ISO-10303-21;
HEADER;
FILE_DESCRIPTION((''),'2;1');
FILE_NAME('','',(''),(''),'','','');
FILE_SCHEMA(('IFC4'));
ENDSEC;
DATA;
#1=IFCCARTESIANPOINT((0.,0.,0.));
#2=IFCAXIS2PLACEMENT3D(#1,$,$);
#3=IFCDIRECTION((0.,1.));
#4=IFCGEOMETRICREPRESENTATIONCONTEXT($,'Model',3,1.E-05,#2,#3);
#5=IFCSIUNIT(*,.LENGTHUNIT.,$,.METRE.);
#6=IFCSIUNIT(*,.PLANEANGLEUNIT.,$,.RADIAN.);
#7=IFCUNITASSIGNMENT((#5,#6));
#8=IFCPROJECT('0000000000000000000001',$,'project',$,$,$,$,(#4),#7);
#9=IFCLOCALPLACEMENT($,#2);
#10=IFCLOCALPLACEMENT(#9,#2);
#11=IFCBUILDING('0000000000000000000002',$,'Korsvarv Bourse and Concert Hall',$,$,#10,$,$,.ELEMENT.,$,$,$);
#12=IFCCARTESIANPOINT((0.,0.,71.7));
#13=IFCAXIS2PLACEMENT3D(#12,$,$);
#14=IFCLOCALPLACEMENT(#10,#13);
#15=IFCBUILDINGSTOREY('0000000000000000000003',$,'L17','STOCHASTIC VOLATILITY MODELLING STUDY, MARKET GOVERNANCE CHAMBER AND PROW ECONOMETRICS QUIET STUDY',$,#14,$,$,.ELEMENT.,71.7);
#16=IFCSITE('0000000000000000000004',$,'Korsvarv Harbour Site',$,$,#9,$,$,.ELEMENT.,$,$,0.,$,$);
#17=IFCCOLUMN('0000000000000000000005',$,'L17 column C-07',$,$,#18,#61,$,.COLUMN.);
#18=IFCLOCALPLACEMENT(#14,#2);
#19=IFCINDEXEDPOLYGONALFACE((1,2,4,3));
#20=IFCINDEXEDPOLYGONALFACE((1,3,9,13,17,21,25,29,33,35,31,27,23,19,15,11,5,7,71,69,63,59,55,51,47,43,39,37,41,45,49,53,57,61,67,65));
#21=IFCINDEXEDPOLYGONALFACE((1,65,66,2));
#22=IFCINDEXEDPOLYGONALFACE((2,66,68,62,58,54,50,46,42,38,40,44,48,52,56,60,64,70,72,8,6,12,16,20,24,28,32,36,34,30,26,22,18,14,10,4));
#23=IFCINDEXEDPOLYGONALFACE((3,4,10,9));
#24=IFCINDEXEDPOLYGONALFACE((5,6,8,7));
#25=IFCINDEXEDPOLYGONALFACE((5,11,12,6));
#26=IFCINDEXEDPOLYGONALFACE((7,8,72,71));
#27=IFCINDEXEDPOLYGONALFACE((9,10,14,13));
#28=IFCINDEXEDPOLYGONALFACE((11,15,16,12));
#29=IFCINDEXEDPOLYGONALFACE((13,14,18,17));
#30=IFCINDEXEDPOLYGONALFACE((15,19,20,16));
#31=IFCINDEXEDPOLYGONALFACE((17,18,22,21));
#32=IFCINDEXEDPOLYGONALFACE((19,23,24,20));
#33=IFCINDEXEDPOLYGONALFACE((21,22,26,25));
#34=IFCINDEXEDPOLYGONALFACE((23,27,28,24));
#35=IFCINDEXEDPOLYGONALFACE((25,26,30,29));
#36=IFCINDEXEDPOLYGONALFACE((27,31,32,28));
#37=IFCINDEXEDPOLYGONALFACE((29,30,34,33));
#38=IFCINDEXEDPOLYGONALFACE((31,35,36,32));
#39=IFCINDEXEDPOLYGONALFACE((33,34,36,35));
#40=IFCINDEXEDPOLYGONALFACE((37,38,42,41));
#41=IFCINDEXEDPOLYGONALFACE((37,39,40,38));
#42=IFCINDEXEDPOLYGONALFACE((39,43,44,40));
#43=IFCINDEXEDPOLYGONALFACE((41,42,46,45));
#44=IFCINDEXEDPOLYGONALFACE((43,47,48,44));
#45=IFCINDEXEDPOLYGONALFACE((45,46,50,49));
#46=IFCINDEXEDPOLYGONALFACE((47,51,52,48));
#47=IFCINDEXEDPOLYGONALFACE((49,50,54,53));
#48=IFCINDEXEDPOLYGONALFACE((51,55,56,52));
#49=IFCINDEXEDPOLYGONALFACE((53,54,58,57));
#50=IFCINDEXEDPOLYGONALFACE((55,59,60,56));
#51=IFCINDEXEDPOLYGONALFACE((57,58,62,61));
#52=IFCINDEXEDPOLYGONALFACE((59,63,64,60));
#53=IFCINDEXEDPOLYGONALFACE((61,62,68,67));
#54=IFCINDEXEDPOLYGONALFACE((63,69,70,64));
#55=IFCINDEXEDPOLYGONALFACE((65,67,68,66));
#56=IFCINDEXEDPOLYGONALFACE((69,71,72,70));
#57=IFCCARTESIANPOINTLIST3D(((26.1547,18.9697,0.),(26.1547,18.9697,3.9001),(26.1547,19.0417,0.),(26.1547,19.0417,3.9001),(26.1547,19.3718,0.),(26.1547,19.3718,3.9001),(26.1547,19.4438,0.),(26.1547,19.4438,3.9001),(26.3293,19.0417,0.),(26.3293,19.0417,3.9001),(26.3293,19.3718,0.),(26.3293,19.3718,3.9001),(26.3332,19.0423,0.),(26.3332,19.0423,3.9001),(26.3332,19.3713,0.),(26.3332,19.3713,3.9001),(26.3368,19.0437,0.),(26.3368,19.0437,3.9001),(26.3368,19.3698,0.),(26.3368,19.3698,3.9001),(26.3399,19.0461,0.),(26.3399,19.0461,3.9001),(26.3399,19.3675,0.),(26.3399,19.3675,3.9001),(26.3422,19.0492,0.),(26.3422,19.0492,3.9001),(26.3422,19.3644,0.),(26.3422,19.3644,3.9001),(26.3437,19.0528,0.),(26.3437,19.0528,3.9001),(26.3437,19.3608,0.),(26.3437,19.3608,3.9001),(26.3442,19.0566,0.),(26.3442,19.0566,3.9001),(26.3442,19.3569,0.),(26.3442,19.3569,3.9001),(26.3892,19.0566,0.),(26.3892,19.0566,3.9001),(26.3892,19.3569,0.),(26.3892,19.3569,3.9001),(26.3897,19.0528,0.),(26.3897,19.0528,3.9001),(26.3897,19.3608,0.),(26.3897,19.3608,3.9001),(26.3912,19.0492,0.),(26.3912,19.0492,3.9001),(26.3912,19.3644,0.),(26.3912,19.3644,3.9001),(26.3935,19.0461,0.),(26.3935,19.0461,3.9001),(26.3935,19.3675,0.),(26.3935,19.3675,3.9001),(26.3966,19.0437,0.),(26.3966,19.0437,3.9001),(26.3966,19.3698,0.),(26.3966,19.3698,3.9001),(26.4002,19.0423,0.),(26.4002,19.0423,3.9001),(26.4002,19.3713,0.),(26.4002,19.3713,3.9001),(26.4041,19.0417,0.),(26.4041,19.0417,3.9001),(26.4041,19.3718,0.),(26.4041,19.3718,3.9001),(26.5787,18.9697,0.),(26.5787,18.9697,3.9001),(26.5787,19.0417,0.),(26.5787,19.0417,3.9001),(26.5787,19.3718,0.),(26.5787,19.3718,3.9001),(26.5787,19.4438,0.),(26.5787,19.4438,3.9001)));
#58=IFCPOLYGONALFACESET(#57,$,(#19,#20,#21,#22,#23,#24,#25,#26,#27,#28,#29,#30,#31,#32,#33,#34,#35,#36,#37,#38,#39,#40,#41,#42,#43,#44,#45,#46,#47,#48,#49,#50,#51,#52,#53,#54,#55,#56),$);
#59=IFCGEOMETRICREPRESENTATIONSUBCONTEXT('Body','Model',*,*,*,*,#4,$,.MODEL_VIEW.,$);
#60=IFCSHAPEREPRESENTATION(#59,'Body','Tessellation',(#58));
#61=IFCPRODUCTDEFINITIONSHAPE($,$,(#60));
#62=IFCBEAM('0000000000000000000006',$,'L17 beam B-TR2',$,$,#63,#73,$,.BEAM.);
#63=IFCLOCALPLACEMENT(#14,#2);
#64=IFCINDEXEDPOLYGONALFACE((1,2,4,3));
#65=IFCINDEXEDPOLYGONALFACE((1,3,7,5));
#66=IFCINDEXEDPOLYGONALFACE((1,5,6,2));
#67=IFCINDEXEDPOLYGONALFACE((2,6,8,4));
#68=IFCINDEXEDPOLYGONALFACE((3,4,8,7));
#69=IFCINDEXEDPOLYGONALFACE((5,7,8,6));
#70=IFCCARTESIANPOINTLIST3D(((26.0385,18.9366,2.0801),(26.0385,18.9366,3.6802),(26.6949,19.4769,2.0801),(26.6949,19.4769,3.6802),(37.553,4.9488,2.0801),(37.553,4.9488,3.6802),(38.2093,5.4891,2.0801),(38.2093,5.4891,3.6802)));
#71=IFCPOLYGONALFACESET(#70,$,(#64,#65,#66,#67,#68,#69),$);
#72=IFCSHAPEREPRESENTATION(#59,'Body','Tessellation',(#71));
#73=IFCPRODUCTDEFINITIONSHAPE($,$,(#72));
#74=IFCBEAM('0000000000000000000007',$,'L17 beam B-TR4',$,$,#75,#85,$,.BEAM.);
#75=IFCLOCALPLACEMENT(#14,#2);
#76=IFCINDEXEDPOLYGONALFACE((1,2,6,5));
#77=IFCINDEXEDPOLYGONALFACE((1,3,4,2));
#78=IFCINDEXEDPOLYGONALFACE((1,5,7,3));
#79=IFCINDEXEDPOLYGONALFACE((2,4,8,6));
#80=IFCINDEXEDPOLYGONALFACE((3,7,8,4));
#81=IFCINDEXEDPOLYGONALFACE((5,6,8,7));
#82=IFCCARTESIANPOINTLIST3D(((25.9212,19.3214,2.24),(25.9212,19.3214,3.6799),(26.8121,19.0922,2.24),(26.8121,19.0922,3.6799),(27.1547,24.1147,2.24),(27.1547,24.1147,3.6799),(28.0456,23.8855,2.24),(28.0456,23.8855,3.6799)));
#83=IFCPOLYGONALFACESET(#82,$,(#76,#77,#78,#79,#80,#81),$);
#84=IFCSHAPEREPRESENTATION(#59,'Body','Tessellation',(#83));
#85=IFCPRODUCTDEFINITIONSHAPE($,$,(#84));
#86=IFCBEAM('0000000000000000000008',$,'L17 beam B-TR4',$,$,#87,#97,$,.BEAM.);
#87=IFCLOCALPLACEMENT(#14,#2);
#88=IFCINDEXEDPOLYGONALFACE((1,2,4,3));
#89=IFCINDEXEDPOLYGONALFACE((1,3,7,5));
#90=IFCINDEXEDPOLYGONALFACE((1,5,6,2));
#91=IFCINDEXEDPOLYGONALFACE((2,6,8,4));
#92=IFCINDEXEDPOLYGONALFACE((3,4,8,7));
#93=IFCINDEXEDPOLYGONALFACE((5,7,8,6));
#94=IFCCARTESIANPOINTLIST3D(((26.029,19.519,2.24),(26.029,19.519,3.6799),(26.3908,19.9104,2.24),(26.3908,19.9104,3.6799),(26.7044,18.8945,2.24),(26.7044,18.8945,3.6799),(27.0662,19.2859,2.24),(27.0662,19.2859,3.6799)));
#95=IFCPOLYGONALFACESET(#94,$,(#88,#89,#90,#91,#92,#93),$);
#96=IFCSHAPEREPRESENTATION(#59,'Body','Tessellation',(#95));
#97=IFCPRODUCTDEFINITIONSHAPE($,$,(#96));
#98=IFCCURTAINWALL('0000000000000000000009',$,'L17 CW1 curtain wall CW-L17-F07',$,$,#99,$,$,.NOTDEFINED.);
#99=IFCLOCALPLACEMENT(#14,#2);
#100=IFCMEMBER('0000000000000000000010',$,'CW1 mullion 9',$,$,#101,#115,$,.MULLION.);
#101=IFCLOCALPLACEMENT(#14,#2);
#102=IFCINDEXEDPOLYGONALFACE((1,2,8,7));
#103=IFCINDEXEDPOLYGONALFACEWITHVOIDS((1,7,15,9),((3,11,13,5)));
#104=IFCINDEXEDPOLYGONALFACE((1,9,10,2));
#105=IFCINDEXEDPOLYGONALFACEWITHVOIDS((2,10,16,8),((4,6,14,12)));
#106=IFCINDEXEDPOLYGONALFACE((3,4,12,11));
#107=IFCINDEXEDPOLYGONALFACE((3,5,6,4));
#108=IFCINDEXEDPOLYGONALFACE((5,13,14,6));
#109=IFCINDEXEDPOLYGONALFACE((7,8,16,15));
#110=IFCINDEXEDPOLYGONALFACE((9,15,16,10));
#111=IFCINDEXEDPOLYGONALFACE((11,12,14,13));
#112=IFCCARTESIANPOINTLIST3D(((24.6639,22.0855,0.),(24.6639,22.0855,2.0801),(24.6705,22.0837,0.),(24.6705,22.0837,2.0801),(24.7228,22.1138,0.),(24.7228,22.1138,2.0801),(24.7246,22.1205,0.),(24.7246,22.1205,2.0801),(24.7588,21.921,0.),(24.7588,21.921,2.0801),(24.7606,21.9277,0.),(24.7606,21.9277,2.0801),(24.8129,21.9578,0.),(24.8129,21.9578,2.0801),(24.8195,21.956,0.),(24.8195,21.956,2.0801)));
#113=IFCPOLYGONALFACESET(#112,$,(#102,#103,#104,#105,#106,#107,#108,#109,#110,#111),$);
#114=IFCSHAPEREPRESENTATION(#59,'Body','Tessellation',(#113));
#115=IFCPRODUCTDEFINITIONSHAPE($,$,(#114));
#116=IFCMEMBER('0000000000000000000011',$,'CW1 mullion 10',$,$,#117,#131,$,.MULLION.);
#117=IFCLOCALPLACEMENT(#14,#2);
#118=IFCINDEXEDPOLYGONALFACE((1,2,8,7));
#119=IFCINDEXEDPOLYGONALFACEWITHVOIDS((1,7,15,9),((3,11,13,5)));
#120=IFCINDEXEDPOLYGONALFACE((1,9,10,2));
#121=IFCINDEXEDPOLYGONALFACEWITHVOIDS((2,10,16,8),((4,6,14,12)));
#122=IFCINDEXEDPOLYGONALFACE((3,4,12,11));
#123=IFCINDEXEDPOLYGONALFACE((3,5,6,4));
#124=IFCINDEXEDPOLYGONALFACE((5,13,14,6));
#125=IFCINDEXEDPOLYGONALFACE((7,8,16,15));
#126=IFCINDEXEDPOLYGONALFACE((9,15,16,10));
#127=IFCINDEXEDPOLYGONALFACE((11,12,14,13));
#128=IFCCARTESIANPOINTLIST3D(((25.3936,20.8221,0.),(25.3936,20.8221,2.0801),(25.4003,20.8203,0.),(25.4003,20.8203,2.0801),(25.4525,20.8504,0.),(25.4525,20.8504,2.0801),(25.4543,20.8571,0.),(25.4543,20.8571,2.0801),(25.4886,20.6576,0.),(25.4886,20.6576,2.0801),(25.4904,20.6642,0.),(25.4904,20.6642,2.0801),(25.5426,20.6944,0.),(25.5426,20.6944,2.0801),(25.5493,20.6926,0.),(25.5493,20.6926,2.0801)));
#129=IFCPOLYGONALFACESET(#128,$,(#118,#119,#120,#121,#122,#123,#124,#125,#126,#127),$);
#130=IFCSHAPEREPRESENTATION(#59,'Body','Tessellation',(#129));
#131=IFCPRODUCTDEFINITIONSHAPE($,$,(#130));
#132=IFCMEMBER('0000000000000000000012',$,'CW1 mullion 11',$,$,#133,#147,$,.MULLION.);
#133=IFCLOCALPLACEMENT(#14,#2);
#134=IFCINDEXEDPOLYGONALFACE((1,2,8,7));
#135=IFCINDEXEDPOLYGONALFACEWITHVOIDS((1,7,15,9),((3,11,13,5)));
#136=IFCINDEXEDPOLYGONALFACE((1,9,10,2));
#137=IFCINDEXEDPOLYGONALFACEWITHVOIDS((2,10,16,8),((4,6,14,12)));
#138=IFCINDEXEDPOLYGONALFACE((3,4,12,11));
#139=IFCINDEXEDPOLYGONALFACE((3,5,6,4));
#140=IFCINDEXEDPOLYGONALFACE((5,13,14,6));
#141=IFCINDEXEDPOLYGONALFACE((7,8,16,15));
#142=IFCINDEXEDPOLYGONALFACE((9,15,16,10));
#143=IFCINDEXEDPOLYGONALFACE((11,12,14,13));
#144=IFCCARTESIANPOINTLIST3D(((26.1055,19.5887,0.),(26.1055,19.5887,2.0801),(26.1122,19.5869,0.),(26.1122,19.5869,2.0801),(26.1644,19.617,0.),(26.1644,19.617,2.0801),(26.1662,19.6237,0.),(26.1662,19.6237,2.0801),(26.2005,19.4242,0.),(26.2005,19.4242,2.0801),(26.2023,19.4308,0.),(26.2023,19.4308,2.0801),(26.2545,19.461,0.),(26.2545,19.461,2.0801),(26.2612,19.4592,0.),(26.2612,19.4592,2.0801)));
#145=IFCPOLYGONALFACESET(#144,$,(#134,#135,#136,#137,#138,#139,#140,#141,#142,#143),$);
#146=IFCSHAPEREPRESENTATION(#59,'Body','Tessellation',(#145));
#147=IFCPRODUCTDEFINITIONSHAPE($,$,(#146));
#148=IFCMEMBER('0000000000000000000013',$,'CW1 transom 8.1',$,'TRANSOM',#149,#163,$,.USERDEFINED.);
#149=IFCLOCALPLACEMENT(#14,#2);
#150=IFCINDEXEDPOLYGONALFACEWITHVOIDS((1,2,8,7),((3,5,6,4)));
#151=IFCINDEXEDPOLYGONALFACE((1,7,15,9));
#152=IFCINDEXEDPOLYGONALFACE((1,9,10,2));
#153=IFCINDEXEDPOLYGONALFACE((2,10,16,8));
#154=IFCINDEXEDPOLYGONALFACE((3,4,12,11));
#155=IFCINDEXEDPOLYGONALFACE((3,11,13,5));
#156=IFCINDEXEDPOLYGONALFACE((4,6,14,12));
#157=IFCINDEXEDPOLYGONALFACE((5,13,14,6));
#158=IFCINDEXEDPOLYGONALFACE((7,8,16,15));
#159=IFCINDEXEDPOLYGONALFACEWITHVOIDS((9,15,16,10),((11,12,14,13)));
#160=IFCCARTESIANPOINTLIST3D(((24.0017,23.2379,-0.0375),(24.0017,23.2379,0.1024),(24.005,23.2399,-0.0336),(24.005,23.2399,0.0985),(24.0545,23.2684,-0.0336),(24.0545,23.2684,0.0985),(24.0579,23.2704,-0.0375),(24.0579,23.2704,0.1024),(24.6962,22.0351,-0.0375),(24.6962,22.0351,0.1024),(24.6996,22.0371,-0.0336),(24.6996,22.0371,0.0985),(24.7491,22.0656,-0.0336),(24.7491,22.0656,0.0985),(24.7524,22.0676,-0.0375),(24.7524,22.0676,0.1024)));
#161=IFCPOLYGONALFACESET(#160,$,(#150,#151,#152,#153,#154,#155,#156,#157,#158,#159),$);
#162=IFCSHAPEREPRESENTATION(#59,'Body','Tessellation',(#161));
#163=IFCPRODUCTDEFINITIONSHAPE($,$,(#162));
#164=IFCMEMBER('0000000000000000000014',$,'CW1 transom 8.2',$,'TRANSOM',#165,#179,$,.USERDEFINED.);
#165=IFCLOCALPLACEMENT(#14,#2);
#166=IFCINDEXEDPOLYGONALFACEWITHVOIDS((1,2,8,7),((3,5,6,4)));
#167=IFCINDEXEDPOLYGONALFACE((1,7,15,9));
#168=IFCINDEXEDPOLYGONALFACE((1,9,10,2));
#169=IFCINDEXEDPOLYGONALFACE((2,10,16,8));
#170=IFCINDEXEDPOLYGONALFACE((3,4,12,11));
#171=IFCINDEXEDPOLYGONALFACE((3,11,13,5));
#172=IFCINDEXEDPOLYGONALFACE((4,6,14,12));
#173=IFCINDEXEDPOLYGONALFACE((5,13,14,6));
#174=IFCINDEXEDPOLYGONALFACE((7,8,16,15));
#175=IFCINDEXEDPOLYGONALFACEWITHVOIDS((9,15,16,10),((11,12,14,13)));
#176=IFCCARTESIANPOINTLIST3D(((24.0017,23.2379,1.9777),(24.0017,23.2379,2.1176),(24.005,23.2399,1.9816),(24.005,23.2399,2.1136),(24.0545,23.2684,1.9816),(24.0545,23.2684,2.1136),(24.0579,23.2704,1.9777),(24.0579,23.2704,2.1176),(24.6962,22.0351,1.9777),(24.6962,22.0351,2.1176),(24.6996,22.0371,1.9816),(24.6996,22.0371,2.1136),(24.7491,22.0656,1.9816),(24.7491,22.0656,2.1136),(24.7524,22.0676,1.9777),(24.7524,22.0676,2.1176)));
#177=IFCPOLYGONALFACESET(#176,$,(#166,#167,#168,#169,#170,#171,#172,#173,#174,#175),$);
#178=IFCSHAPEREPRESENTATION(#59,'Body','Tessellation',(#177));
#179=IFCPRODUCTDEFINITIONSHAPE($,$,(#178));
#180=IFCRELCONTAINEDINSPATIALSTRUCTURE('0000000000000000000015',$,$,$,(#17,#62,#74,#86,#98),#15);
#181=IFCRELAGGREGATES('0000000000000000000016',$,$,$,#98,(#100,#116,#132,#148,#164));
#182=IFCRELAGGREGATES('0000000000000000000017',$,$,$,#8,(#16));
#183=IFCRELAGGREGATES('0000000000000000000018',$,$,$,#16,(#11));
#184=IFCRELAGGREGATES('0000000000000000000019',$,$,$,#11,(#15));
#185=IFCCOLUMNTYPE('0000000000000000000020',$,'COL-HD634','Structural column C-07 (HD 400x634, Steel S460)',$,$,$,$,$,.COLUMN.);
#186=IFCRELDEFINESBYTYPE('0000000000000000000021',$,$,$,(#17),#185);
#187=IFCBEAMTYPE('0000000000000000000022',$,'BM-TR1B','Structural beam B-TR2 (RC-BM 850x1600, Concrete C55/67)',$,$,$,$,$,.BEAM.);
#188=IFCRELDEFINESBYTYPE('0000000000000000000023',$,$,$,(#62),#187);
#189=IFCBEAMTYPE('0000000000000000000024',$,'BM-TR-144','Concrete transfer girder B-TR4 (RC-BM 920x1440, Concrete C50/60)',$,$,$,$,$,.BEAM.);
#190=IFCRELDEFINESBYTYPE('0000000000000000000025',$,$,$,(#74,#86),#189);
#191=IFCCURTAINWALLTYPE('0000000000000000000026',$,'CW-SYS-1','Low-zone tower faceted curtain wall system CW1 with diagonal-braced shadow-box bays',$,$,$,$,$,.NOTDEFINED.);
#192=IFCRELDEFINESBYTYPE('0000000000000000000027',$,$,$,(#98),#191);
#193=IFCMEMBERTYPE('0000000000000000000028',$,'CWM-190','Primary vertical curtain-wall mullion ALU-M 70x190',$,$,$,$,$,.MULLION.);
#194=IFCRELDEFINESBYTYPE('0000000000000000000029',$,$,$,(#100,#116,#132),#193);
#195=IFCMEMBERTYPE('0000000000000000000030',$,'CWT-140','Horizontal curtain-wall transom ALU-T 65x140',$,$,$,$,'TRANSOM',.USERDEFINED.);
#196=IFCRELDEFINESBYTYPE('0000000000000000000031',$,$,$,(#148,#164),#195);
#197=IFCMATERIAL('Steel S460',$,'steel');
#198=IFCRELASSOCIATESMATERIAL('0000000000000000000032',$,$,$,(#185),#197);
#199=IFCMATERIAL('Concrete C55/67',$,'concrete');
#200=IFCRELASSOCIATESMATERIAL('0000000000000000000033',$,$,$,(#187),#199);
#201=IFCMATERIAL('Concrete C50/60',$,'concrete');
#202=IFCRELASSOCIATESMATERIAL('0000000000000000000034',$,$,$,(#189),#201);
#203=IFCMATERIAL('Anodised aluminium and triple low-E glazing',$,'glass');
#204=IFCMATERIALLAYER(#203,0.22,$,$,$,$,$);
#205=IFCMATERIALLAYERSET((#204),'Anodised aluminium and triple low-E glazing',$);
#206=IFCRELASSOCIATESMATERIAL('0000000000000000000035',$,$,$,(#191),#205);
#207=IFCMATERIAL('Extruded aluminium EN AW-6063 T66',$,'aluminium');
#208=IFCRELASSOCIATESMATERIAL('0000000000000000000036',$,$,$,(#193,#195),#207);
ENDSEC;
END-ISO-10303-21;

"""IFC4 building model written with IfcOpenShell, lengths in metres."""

from ifc_helpers import new_model, si_unit, direction, frame, origin, origin_2d, place, context, subcontext, project, spatial, rectangle, hollow_rectangle, i_section, extrude, source, transform, mapped, material, layer, layer_set, material_profile, profile_set, type_object, element, aggregate, save


model = new_model("IFC4")

# Units and contexts
model_context = context("Model", 3, precision=1e-05, world=origin(), true_north=direction((0.0, 1.0)))
body_context = subcontext(model_context, "Body", "Model", "MODEL_VIEW")
ifc_project = project(units=[si_unit("LENGTHUNIT", "METRE"), si_unit("PLANEANGLEUNIT", "RADIAN")], contexts=[model_context])

# Site, building, storey
site_placement = place(None, origin())
site = spatial("IfcSite", under=ifc_project, at=site_placement, Name="Korsvarv Harbour Site", CompositionType="ELEMENT", RefElevation=0.0)
building_placement = place(site_placement, origin())
building = spatial("IfcBuilding", under=site, at=building_placement, Name="Korsvarv Bourse and Concert Hall", CompositionType="ELEMENT")
storey_placement = place(building_placement, frame((0.0, 0.0, 71.7)))
storey = spatial("IfcBuildingStorey", under=building, at=storey_placement, Name="L17", Description="STOCHASTIC VOLATILITY MODELLING STUDY, MARKET GOVERNANCE CHAMBER AND PROW ECONOMETRICS QUIET STUDY", CompositionType="ELEMENT", Elevation=71.7)

# Column
ifc_material_1 = material(Name="Steel S460", Category="steel")
ifc_material_profile_1 = material_profile(ifc_material_1, i_section(OverallWidth=0.4241, OverallDepth=0.4741, WebThickness=0.0449, FlangeThickness=0.072, FilletRadius=0.0149, at=origin_2d()), Name="HD 400x634")
ifc_profile_set_1 = profile_set([ifc_material_profile_1], Name="Steel S460")
column_type = type_object("IfcColumnType", Name="COL-HD634", Description="Structural column C-07 (HD 400x634, Steel S460)", PredefinedType="COLUMN", material=ifc_profile_set_1)
shared_shape_1 = source(origin(), body_context, "Body", "SweptSolid", [
    extrude(i_section(OverallWidth=0.4241, OverallDepth=0.4741, WebThickness=0.0449, FlangeThickness=0.072, FilletRadius=0.0149, at=origin_2d()), origin(), (0.0, 0.0, 1.0), 3.9001),
])
column_placement = place(storey_placement, frame((26.3667, 19.2068, 0.0), z_axis=(0.0, 0.0, 1.0), x_axis=(1.0, 0.0, 0.0)))
element("IfcColumn", 1, at=column_placement, inside=storey, type_object=column_type, Name="L17 column C-07", PredefinedType="COLUMN", context=body_context, shape_type="MappedRepresentation", body=[
    mapped(shared_shape_1, transform((0.0, 0.0, 0.0), scale=1.0)),
])

# Beams
ifc_material_2 = material(Name="Concrete C55/67", Category="concrete")
ifc_material_profile_2 = material_profile(ifc_material_2, rectangle(XDim=0.8501, YDim=1.6001, at=origin_2d()), Name="RC-BM 850x1600")
ifc_profile_set_2 = profile_set([ifc_material_profile_2], Name="Concrete C55/67")
beam_type_1 = type_object("IfcBeamType", Name="BM-TR1B", Description="Structural beam B-TR2 (RC-BM 850x1600, Concrete C55/67)", PredefinedType="BEAM", material=ifc_profile_set_2)
shared_shape_2 = source(origin(), body_context, "Body", "SweptSolid", [
    extrude(rectangle(XDim=0.8501, YDim=1.6001, at=origin_2d()), origin(), (0.0, 0.0, 1.0), 18.1174),
])
beam_1_placement = place(storey_placement, frame((26.3667, 19.2068, 2.8801), z_axis=(0.635544, -0.772064, 0.0), x_axis=(0.772064, 0.635544, 0.0)))
element("IfcBeam", 2, at=beam_1_placement, inside=storey, type_object=beam_type_1, Name="L17 beam B-TR2", PredefinedType="BEAM", context=body_context, shape_type="MappedRepresentation", body=[
    mapped(shared_shape_2, transform((0.0, 0.0, 0.0), scale=1.0)),
])
ifc_material_3 = material(Name="Concrete C50/60", Category="concrete")
ifc_material_profile_3 = material_profile(ifc_material_3, rectangle(XDim=0.9199, YDim=1.4399, at=origin_2d()), Name="RC-BM 920x1440")
ifc_profile_set_3 = profile_set([ifc_material_profile_3], Name="Concrete C50/60")
beam_type_2 = type_object("IfcBeamType", Name="BM-TR-144", Description="Concrete transfer girder B-TR4 (RC-BM 920x1440, Concrete C50/60)", PredefinedType="BEAM", material=ifc_profile_set_3)
shared_shape_3 = source(origin(), body_context, "Body", "SweptSolid", [
    extrude(rectangle(XDim=0.9199, YDim=1.4399, at=origin_2d()), origin(), (0.0, 0.0, 1.0), 4.9495),
])
beam_2_placement = place(storey_placement, frame((26.3667, 19.2068, 2.96), z_axis=(0.249204, 0.968451, 0.0), x_axis=(-0.968451, 0.249204, 0.0)))
element("IfcBeam", 3, at=beam_2_placement, inside=storey, type_object=beam_type_2, Name="L17 beam B-TR4", PredefinedType="BEAM", context=body_context, shape_type="MappedRepresentation", body=[
    mapped(shared_shape_3, transform((0.0, 0.0, 0.0), scale=1.0)),
])
shared_shape_4 = source(origin(), body_context, "Body", "SweptSolid", [
    extrude(rectangle(XDim=0.9199, YDim=1.4399, at=origin_2d()), origin(), (0.0, 0.0, 1.0), 0.533),
])
beam_3_placement = place(storey_placement, frame((26.3667, 19.2068, 2.96), z_axis=(0.678851, 0.734276, 0.0), x_axis=(-0.734276, 0.678851, 0.0)))
element("IfcBeam", 4, at=beam_3_placement, inside=storey, type_object=beam_type_2, Name="L17 beam B-TR4", PredefinedType="BEAM", context=body_context, shape_type="MappedRepresentation", body=[
    mapped(shared_shape_4, transform((0.0, 0.0, 0.0), scale=1.0)),
])

# Curtain wall, members
ifc_material_4 = material(Name="Anodised aluminium and triple low-E glazing", Category="glass")
ifc_layer_1 = layer(ifc_material_4, 0.22)
ifc_layer_set_1 = layer_set([ifc_layer_1], Name="Anodised aluminium and triple low-E glazing")
curtain_wall_type = type_object("IfcCurtainWallType", Name="CW-SYS-1", Description="Low-zone tower faceted curtain wall system CW1 with diagonal-braced shadow-box bays", PredefinedType="NOTDEFINED", material=ifc_layer_set_1)
curtain_wall_placement = place(storey_placement, origin())
curtain_wall = element("IfcCurtainWall", 5, at=curtain_wall_placement, inside=storey, type_object=curtain_wall_type, Name="L17 CW1 curtain wall CW-L17-F07", PredefinedType="NOTDEFINED")
ifc_material_5 = material(Name="Extruded aluminium EN AW-6063 T66", Category="aluminium")
ifc_material_profile_4 = material_profile(ifc_material_5, hollow_rectangle(XDim=0.0701, YDim=0.1899, WallThickness=0.0049, at=origin_2d()), Name="ALU-M 70x190")
ifc_profile_set_4 = profile_set([ifc_material_profile_4], Name="Extruded aluminium EN AW-6063 T66")
member_type_1 = type_object("IfcMemberType", Name="CWM-190", Description="Primary vertical curtain-wall mullion ALU-M 70x190", PredefinedType="MULLION", material=ifc_profile_set_4)
shared_shape_5 = source(origin(), body_context, "Body", "SweptSolid", [
    extrude(hollow_rectangle(XDim=0.0701, YDim=0.1899, WallThickness=0.0049, at=origin_2d()), origin(), (0.0, 0.0, 1.0), 2.0801),
])
member_1_placement = place(storey_placement, frame((24.7417, 22.0208, 0.0), z_axis=(0.0, 0.0, 1.0), x_axis=(0.866022, 0.500006, 0.0)))
member_1 = element("IfcMember", 6, at=member_1_placement, type_object=member_type_1, Name="CW1 mullion 9", PredefinedType="MULLION", context=body_context, shape_type="MappedRepresentation", body=[
    mapped(shared_shape_5, transform((0.0, 0.0, 0.0), scale=1.0)),
])
member_2_placement = place(storey_placement, frame((25.4714, 20.7573, 0.0), z_axis=(0.0, 0.0, 1.0), x_axis=(0.866022, 0.500006, 0.0)))
member_2 = element("IfcMember", 7, at=member_2_placement, type_object=member_type_1, Name="CW1 mullion 10", PredefinedType="MULLION", context=body_context, shape_type="MappedRepresentation", body=[
    mapped(shared_shape_5, transform((0.0, 0.0, 0.0), scale=1.0)),
])
member_3_placement = place(storey_placement, frame((26.1833, 19.5239, 0.0), z_axis=(0.0, 0.0, 1.0), x_axis=(0.866022, 0.500006, 0.0)))
member_3 = element("IfcMember", 8, at=member_3_placement, type_object=member_type_1, Name="CW1 mullion 11", PredefinedType="MULLION", context=body_context, shape_type="MappedRepresentation", body=[
    mapped(shared_shape_5, transform((0.0, 0.0, 0.0), scale=1.0)),
])
ifc_material_profile_5 = material_profile(ifc_material_5, hollow_rectangle(XDim=0.0649, YDim=0.1399, WallThickness=0.0039, at=origin_2d()), Name="ALU-T 65x140")
ifc_profile_set_5 = profile_set([ifc_material_profile_5], Name="Extruded aluminium EN AW-6063 T66")
member_type_2 = type_object("IfcMemberType", Name="CWT-140", Description="Horizontal curtain-wall transom ALU-T 65x140", ElementType="TRANSOM", PredefinedType="USERDEFINED", material=ifc_profile_set_5)
shared_shape_6 = source(origin(), body_context, "Body", "SweptSolid", [
    extrude(hollow_rectangle(XDim=0.0649, YDim=0.1399, WallThickness=0.0039, at=origin_2d()), origin(), (0.0, 0.0, 1.0), 1.3889),
])
member_4_placement = place(storey_placement, frame((24.0298, 23.2542, 0.0325), z_axis=(0.500052, -0.865995, 0.0), x_axis=(0.865995, 0.500052, 0.0)))
member_4 = element("IfcMember", 9, at=member_4_placement, type_object=member_type_2, Name="CW1 transom 8.1", ObjectType="TRANSOM", PredefinedType="USERDEFINED", context=body_context, shape_type="MappedRepresentation", body=[
    mapped(shared_shape_6, transform((0.0, 0.0, 0.0), scale=1.0)),
])
member_5_placement = place(storey_placement, frame((24.0298, 23.2542, 2.0476), z_axis=(0.500052, -0.865995, 0.0), x_axis=(0.865995, 0.500052, 0.0)))
member_5 = element("IfcMember", 10, at=member_5_placement, type_object=member_type_2, Name="CW1 transom 8.2", ObjectType="TRANSOM", PredefinedType="USERDEFINED", context=body_context, shape_type="MappedRepresentation", body=[
    mapped(shared_shape_6, transform((0.0, 0.0, 0.0), scale=1.0)),
])
aggregate(curtain_wall, [member_1, member_2, member_3, member_4, member_5])

save(model, "model.ifc")
